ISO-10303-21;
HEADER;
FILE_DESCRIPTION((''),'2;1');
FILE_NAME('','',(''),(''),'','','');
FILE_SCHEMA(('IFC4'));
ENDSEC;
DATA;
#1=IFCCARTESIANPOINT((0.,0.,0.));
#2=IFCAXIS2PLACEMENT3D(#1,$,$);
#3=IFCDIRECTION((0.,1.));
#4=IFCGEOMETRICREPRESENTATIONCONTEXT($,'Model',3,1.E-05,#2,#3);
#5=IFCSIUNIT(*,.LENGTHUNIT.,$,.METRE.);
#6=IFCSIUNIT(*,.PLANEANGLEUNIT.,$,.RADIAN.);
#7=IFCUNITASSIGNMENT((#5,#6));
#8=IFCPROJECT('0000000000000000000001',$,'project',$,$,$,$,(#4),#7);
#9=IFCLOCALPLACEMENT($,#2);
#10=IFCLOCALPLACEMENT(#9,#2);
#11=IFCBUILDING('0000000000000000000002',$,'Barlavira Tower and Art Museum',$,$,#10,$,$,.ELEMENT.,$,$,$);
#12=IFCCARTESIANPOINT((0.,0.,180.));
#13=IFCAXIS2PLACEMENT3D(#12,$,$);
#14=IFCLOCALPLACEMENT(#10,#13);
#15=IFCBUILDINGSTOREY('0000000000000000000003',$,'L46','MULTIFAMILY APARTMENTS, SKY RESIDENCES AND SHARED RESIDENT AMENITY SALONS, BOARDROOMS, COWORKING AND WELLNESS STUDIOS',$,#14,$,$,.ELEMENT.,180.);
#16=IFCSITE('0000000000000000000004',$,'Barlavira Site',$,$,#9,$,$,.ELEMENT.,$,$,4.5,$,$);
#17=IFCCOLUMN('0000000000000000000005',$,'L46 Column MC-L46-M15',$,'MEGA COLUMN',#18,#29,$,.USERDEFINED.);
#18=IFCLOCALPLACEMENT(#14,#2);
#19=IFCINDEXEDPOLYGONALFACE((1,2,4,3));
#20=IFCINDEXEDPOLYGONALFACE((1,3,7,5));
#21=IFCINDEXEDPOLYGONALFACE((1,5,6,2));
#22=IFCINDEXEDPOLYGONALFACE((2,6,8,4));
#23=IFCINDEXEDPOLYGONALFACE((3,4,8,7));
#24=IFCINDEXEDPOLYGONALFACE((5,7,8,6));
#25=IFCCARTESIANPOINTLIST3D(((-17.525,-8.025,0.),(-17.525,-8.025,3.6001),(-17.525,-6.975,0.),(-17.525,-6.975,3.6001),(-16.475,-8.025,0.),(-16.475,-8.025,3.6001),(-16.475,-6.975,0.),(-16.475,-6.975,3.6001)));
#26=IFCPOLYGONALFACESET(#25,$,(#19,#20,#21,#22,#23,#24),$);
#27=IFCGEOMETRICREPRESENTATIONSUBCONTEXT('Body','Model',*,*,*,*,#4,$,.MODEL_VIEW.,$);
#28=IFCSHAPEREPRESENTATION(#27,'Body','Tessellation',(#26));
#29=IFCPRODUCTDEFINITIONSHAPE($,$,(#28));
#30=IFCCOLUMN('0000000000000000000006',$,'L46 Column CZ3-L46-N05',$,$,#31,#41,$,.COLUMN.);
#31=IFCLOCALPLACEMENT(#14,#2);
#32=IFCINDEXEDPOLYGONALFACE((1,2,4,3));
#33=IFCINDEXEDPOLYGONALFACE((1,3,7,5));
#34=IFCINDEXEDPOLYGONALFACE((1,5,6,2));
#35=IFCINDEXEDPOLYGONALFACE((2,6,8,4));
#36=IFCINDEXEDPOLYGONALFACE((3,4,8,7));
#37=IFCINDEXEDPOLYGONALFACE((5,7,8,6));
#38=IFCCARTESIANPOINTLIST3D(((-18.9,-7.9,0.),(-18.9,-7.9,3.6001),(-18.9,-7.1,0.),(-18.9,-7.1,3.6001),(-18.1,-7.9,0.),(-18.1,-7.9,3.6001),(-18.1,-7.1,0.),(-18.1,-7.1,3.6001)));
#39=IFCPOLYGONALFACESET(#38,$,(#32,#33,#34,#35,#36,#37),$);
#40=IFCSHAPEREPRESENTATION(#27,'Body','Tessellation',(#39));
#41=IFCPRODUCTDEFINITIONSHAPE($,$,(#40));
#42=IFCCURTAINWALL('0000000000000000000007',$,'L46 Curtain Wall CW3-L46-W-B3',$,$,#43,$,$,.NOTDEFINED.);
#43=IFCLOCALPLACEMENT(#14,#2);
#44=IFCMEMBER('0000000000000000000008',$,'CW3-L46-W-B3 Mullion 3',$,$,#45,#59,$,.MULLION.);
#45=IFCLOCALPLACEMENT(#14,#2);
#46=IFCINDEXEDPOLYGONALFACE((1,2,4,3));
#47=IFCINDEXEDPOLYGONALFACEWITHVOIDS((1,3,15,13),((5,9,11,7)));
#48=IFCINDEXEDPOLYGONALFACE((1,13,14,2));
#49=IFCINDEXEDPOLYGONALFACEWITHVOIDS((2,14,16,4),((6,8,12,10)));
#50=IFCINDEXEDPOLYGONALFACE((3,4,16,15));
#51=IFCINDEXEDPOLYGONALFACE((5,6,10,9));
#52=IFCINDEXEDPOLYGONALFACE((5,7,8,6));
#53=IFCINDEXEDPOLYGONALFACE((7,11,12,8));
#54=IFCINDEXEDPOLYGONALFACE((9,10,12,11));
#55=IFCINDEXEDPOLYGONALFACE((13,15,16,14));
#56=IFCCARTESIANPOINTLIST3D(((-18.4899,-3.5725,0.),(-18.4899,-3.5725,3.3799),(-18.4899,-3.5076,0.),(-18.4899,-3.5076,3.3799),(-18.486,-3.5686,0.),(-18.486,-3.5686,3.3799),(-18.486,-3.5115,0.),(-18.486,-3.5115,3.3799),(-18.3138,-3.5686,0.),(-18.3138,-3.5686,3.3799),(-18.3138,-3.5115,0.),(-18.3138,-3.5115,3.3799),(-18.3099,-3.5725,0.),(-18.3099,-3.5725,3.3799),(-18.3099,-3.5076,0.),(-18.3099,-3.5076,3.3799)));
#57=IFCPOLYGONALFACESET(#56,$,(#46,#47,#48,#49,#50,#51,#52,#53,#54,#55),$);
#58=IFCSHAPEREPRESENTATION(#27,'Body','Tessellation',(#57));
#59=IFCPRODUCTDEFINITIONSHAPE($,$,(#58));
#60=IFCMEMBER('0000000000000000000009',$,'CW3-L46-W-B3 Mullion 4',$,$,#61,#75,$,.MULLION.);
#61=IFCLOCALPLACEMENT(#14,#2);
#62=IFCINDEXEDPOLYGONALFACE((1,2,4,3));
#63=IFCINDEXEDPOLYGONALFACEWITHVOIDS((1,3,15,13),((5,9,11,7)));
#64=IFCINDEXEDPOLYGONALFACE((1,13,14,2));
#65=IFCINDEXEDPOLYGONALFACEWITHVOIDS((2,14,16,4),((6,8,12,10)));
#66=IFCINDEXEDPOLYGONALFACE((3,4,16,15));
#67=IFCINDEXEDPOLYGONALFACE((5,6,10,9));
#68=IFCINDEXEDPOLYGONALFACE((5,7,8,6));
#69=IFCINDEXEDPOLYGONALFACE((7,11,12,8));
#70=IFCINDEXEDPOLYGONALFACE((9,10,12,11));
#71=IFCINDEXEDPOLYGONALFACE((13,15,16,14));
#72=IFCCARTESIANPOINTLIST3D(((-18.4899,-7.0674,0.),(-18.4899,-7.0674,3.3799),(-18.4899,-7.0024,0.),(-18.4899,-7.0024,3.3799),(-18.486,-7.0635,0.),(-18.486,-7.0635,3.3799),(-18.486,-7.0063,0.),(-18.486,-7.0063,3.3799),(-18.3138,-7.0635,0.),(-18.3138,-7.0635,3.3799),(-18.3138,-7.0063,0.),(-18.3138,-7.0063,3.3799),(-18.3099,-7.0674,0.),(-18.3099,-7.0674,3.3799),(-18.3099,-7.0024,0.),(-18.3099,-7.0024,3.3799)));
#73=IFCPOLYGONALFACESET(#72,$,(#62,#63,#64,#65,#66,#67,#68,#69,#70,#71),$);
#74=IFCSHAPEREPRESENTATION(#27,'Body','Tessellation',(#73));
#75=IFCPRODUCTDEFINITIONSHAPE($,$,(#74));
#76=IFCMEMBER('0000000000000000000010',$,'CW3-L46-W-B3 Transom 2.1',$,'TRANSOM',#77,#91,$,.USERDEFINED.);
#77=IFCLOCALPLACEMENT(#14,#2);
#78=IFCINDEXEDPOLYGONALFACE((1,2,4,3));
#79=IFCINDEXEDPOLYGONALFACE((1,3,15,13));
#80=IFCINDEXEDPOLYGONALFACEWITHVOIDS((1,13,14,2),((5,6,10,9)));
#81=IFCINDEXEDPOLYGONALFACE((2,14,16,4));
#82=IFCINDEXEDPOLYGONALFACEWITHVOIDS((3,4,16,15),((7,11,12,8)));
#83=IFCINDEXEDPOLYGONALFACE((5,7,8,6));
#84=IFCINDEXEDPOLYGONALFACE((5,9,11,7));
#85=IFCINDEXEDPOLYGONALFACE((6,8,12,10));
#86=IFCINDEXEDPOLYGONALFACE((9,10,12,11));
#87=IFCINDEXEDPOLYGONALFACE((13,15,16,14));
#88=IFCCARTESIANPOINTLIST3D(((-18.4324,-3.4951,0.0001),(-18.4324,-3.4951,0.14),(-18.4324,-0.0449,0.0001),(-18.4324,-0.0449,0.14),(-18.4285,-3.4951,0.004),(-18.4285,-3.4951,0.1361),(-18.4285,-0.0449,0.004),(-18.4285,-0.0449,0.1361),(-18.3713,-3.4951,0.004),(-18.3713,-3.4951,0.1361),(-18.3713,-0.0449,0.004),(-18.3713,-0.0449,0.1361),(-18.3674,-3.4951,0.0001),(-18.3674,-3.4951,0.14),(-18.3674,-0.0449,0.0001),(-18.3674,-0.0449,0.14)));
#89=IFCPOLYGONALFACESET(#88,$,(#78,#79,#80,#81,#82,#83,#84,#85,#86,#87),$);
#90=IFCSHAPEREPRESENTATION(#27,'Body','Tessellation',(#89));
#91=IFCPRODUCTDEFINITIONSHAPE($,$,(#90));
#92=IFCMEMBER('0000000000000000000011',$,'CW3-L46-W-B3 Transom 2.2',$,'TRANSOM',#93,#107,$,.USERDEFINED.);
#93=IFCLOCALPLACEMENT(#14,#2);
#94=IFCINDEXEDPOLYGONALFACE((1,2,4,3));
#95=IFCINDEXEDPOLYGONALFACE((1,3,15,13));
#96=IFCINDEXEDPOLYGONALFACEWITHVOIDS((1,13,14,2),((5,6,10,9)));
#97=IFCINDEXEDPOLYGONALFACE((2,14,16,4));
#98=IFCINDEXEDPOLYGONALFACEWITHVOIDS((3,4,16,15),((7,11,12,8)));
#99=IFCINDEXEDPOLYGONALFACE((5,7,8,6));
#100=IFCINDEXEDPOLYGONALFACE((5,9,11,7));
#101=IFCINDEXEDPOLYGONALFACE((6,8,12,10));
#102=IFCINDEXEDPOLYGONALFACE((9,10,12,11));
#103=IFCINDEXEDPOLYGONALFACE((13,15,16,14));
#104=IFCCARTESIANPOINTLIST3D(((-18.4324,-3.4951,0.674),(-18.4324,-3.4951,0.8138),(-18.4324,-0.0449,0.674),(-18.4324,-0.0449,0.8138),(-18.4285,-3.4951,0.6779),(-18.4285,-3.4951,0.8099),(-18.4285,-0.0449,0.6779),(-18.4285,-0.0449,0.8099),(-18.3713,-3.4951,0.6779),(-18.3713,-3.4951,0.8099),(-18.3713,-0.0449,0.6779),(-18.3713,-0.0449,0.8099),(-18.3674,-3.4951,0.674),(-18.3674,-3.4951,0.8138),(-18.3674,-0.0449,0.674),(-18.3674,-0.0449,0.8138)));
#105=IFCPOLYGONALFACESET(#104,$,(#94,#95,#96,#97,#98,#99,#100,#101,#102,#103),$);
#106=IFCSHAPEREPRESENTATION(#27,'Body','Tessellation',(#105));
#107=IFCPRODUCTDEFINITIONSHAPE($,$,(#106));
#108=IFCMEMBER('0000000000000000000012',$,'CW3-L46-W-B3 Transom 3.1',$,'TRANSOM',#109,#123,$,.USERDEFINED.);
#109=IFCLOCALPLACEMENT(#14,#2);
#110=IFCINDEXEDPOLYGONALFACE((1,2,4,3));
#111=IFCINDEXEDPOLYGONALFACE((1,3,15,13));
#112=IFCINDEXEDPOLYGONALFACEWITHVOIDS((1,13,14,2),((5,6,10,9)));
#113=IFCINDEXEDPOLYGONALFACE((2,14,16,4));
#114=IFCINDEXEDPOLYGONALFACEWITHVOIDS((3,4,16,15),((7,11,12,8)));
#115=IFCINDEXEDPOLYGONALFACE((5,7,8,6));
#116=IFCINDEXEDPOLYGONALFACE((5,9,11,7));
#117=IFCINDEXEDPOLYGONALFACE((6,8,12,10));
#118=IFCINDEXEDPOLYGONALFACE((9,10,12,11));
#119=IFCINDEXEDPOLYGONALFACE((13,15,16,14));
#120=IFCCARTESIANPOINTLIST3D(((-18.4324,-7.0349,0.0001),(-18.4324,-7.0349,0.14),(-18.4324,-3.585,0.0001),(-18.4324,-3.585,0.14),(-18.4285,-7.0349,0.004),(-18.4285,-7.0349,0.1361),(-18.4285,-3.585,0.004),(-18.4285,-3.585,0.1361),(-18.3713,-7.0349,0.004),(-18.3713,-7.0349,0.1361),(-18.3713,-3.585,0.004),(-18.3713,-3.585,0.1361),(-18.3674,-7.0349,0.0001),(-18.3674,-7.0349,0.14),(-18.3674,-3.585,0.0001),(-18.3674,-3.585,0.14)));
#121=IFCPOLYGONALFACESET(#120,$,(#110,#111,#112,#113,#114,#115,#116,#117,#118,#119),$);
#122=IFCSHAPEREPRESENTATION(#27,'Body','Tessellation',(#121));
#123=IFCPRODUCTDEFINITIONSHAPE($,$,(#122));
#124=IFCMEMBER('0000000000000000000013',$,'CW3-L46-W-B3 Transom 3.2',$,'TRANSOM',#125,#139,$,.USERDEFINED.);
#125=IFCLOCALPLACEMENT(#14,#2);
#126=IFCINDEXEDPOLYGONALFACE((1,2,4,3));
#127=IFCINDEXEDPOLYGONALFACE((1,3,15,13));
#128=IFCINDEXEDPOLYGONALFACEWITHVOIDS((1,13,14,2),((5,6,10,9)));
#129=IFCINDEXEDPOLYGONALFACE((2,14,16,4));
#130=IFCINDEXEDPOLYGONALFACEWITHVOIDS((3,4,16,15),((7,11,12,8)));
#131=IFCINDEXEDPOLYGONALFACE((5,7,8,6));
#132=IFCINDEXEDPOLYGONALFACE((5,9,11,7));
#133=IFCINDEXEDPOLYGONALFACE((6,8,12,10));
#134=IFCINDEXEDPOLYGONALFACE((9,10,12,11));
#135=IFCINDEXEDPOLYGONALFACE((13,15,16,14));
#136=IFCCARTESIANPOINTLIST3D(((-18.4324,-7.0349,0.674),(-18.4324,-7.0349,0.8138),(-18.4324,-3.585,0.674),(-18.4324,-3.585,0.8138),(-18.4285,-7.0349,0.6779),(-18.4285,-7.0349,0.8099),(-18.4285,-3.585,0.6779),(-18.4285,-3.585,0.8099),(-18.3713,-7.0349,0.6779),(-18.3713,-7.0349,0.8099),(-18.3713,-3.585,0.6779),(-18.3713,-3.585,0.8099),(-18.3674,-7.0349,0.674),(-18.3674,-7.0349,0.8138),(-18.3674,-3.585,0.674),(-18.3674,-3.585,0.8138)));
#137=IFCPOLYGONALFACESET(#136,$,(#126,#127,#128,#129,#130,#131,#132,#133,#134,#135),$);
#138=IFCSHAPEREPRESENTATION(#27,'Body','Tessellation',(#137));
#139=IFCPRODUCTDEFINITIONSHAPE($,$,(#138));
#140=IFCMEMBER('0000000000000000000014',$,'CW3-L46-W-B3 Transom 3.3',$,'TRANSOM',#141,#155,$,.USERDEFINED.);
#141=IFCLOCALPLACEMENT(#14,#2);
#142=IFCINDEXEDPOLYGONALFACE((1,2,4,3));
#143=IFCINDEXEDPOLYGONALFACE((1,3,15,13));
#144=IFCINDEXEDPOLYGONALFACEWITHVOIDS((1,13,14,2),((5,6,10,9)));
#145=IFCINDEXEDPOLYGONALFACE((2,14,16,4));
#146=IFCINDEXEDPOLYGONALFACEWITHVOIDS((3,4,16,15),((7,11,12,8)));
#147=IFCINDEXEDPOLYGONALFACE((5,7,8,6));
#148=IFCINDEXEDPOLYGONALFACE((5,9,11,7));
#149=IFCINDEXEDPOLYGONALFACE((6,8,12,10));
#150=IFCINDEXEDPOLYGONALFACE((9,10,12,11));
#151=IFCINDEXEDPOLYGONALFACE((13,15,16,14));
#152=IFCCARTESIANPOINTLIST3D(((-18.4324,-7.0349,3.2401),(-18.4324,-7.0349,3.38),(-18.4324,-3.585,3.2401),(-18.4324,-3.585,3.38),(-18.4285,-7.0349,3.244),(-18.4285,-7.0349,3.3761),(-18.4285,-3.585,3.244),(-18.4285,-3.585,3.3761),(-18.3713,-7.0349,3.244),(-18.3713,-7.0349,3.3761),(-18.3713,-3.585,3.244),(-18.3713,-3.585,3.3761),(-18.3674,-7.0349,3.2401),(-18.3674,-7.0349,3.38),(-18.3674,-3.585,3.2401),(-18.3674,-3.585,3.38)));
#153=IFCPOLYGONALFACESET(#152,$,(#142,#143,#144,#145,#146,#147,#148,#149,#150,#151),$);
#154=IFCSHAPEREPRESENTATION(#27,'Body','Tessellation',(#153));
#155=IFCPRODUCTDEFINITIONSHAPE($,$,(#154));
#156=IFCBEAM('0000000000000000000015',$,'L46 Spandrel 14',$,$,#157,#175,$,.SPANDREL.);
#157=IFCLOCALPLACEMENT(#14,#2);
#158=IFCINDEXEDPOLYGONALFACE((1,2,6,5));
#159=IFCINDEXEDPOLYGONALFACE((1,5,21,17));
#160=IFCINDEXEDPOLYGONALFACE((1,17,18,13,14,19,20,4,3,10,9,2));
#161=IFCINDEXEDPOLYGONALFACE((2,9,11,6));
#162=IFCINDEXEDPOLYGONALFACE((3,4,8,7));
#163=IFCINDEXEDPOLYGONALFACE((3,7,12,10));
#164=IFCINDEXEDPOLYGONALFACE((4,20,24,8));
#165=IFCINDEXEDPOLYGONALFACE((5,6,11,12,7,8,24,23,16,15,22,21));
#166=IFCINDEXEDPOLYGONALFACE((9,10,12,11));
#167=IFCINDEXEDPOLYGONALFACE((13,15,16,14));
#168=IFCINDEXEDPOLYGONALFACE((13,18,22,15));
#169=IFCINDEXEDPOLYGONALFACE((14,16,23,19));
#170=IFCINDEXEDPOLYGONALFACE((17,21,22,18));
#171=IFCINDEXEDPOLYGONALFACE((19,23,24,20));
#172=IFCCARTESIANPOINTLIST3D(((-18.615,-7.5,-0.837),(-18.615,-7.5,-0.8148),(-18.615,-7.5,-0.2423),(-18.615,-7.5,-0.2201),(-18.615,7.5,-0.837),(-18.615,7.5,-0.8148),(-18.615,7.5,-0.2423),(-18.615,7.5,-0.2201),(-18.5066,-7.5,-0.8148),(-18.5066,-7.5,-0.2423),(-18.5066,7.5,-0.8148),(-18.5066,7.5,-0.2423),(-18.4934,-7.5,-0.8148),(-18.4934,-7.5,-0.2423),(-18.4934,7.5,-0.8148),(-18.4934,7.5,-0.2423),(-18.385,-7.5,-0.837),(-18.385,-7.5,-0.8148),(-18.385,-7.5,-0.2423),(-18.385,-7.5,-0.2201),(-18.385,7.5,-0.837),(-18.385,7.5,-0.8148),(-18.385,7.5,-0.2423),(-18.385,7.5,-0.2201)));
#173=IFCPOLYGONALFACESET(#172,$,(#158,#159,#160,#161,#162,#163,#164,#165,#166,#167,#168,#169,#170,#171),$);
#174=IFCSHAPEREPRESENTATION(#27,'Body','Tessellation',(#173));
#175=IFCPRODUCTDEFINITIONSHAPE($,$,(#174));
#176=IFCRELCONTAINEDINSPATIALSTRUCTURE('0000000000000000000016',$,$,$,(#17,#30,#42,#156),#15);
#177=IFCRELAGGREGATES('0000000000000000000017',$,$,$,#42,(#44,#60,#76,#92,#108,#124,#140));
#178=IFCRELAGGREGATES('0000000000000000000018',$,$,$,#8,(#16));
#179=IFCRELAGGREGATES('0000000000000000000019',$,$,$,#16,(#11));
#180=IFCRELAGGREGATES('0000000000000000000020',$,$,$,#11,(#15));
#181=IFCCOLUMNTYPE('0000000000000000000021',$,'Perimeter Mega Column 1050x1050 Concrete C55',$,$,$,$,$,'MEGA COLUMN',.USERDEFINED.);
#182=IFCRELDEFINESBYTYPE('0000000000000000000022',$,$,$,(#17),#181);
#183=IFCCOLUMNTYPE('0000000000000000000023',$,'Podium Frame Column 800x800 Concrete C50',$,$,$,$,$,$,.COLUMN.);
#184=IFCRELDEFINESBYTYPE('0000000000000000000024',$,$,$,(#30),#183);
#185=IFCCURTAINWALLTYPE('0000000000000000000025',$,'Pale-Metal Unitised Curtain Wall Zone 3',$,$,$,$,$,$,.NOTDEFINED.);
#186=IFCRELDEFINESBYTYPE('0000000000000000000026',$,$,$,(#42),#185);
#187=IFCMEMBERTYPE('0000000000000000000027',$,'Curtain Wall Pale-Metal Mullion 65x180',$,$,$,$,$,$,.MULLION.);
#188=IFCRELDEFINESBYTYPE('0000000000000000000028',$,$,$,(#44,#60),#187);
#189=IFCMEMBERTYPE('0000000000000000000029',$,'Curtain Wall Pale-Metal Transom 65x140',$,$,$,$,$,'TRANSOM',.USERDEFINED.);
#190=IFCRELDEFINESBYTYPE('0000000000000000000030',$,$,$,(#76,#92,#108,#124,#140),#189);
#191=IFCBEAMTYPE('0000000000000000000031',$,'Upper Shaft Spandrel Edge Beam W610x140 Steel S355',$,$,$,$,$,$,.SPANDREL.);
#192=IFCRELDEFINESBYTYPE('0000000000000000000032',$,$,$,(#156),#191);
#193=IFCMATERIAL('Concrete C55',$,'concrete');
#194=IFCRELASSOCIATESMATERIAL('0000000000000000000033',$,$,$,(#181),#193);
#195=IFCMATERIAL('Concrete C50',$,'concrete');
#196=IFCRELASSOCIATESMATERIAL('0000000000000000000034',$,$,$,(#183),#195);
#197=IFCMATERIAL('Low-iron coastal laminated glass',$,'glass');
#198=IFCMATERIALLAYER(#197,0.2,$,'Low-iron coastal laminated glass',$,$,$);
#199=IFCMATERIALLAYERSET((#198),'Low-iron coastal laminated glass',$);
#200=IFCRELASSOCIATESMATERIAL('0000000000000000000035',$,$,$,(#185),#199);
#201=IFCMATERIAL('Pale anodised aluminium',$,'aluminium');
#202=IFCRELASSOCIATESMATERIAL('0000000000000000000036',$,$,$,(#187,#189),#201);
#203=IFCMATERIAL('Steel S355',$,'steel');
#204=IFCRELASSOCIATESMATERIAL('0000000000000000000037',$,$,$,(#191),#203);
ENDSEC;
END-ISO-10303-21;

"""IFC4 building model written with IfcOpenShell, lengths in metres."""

from ifc_helpers import new_model, si_unit, direction, frame, origin, origin_2d, place, context, subcontext, project, spatial, rectangle, hollow_rectangle, i_section, extrude, material, layer, layer_set, material_profile, profile_set, type_object, element, aggregate, save


model = new_model("IFC4")

# Units and contexts
model_context = context("Model", 3, precision=1e-05, world=origin(), true_north=direction((0.0, 1.0)))
body_context = subcontext(model_context, "Body", "Model", "MODEL_VIEW")
ifc_project = project(units=[si_unit("LENGTHUNIT", "METRE"), si_unit("PLANEANGLEUNIT", "RADIAN")], contexts=[model_context])

# Site, building, storey
site_placement = place(None, origin())
site = spatial("IfcSite", under=ifc_project, at=site_placement, Name="Barlavira Site", CompositionType="ELEMENT", RefElevation=4.5)
building_placement = place(site_placement, origin())
building = spatial("IfcBuilding", under=site, at=building_placement, Name="Barlavira Tower and Art Museum", CompositionType="ELEMENT")
storey_placement = place(building_placement, frame((0.0, 0.0, 180.0)))
storey = spatial("IfcBuildingStorey", under=building, at=storey_placement, Name="L46", Description="MULTIFAMILY APARTMENTS, SKY RESIDENCES AND SHARED RESIDENT AMENITY SALONS, BOARDROOMS, COWORKING AND WELLNESS STUDIOS", CompositionType="ELEMENT", Elevation=180.0)

# Columns
ifc_material_1 = material(Name="Concrete C55", Category="concrete")
ifc_material_profile_1 = material_profile(ifc_material_1, rectangle(XDim=1.05, YDim=1.05, at=origin_2d()), Name="RC-COL 1050x1050")
ifc_profile_set_1 = profile_set([ifc_material_profile_1], Name="Concrete C55")
column_type_1 = type_object("IfcColumnType", Name="Perimeter Mega Column 1050x1050 Concrete C55", ElementType="MEGA COLUMN", PredefinedType="USERDEFINED", material=ifc_profile_set_1)
column_1_placement = place(storey_placement, frame((-17.0, -7.5, 0.0), z_axis=(0.0, 0.0, 1.0), x_axis=(1.0, 0.0, 0.0)))
element("IfcColumn", 1, at=column_1_placement, inside=storey, type_object=column_type_1, Name="L46 Column MC-L46-M15", ObjectType="MEGA COLUMN", PredefinedType="USERDEFINED", context=body_context, shape_type="SweptSolid", body=[
    extrude(rectangle(XDim=1.05, YDim=1.05, at=origin_2d()), origin(), (0.0, 0.0, 1.0), 3.6001),
])
ifc_material_2 = material(Name="Concrete C50", Category="concrete")
ifc_material_profile_2 = material_profile(ifc_material_2, rectangle(XDim=0.8, YDim=0.8, at=origin_2d()), Name="RC-COL 800x800")
ifc_profile_set_2 = profile_set([ifc_material_profile_2], Name="Concrete C50")
column_type_2 = type_object("IfcColumnType", Name="Podium Frame Column 800x800 Concrete C50", PredefinedType="COLUMN", material=ifc_profile_set_2)
column_2_placement = place(storey_placement, frame((-18.5, -7.5, 0.0), z_axis=(0.0, 0.0, 1.0), x_axis=(1.0, 0.0, 0.0)))
element("IfcColumn", 2, at=column_2_placement, inside=storey, type_object=column_type_2, Name="L46 Column CZ3-L46-N05", PredefinedType="COLUMN", context=body_context, shape_type="SweptSolid", body=[
    extrude(rectangle(XDim=0.8, YDim=0.8, at=origin_2d()), origin(), (0.0, 0.0, 1.0), 3.6001),
])

# Curtain wall, members
ifc_material_3 = material(Name="Low-iron coastal laminated glass", Category="glass")
ifc_layer_1 = layer(ifc_material_3, 0.2, Name="Low-iron coastal laminated glass")
ifc_layer_set_1 = layer_set([ifc_layer_1], Name="Low-iron coastal laminated glass")
curtain_wall_type = type_object("IfcCurtainWallType", Name="Pale-Metal Unitised Curtain Wall Zone 3", PredefinedType="NOTDEFINED", material=ifc_layer_set_1)
curtain_wall_placement = place(storey_placement, origin())
curtain_wall = element("IfcCurtainWall", 3, at=curtain_wall_placement, inside=storey, type_object=curtain_wall_type, Name="L46 Curtain Wall CW3-L46-W-B3", PredefinedType="NOTDEFINED")
ifc_material_4 = material(Name="Pale anodised aluminium", Category="aluminium")
ifc_material_profile_3 = material_profile(ifc_material_4, hollow_rectangle(XDim=0.0649, YDim=0.1799, WallThickness=0.0039, at=origin_2d()), Name="ALU-MULL 65x180x4")
ifc_profile_set_3 = profile_set([ifc_material_profile_3], Name="Pale anodised aluminium")
member_type_1 = type_object("IfcMemberType", Name="Curtain Wall Pale-Metal Mullion 65x180", PredefinedType="MULLION", material=ifc_profile_set_3)
member_1_placement = place(storey_placement, frame((-18.3999, -3.54, 0.0), z_axis=(0.0, 0.0, 1.0), x_axis=(0.0, -1.0, 0.0)))
member_1 = element("IfcMember", 4, at=member_1_placement, type_object=member_type_1, Name="CW3-L46-W-B3 Mullion 3", PredefinedType="MULLION", context=body_context, shape_type="SweptSolid", body=[
    extrude(hollow_rectangle(XDim=0.0649, YDim=0.1799, WallThickness=0.0039, at=origin_2d()), origin(), (0.0, 0.0, 1.0), 3.3799),
])
member_2_placement = place(storey_placement, frame((-18.3999, -7.0349, 0.0), z_axis=(0.0, 0.0, 1.0), x_axis=(0.0, -1.0, 0.0)))
member_2 = element("IfcMember", 5, at=member_2_placement, type_object=member_type_1, Name="CW3-L46-W-B3 Mullion 4", PredefinedType="MULLION", context=body_context, shape_type="SweptSolid", body=[
    extrude(hollow_rectangle(XDim=0.0649, YDim=0.1799, WallThickness=0.0039, at=origin_2d()), origin(), (0.0, 0.0, 1.0), 3.3799),
])
ifc_material_profile_4 = material_profile(ifc_material_4, hollow_rectangle(XDim=0.0649, YDim=0.1399, WallThickness=0.0039, at=origin_2d()), Name="ALU-TRAN 65x140x4")
ifc_profile_set_4 = profile_set([ifc_material_profile_4], Name="Pale anodised aluminium")
member_type_2 = type_object("IfcMemberType", Name="Curtain Wall Pale-Metal Transom 65x140", ElementType="TRANSOM", PredefinedType="USERDEFINED", material=ifc_profile_set_4)
member_3_placement = place(storey_placement, frame((-18.3999, -0.0449, 0.0701), z_axis=(0.0, -1.0, 0.0), x_axis=(1.0, 0.0, 0.0)))
member_3 = element("IfcMember", 6, at=member_3_placement, type_object=member_type_2, Name="CW3-L46-W-B3 Transom 2.1", ObjectType="TRANSOM", PredefinedType="USERDEFINED", context=body_context, shape_type="SweptSolid", body=[
    extrude(hollow_rectangle(XDim=0.0649, YDim=0.1399, WallThickness=0.0039, at=origin_2d()), origin(), (0.0, 0.0, 1.0), 3.4502),
])
member_4_placement = place(storey_placement, frame((-18.3999, -0.0449, 0.7439), z_axis=(0.0, -1.0, 0.0), x_axis=(1.0, 0.0, 0.0)))
member_4 = element("IfcMember", 7, at=member_4_placement, type_object=member_type_2, Name="CW3-L46-W-B3 Transom 2.2", ObjectType="TRANSOM", PredefinedType="USERDEFINED", context=body_context, shape_type="SweptSolid", body=[
    extrude(hollow_rectangle(XDim=0.0649, YDim=0.1399, WallThickness=0.0039, at=origin_2d()), origin(), (0.0, 0.0, 1.0), 3.4502),
])
member_5_placement = place(storey_placement, frame((-18.3999, -3.585, 0.0701), z_axis=(0.0, -1.0, 0.0), x_axis=(1.0, 0.0, 0.0)))
member_5 = element("IfcMember", 8, at=member_5_placement, type_object=member_type_2, Name="CW3-L46-W-B3 Transom 3.1", ObjectType="TRANSOM", PredefinedType="USERDEFINED", context=body_context, shape_type="SweptSolid", body=[
    extrude(hollow_rectangle(XDim=0.0649, YDim=0.1399, WallThickness=0.0039, at=origin_2d()), origin(), (0.0, 0.0, 1.0), 3.45),
])
member_6_placement = place(storey_placement, frame((-18.3999, -3.585, 0.7439), z_axis=(0.0, -1.0, 0.0), x_axis=(1.0, 0.0, 0.0)))
member_6 = element("IfcMember", 9, at=member_6_placement, type_object=member_type_2, Name="CW3-L46-W-B3 Transom 3.2", ObjectType="TRANSOM", PredefinedType="USERDEFINED", context=body_context, shape_type="SweptSolid", body=[
    extrude(hollow_rectangle(XDim=0.0649, YDim=0.1399, WallThickness=0.0039, at=origin_2d()), origin(), (0.0, 0.0, 1.0), 3.45),
])
member_7_placement = place(storey_placement, frame((-18.3999, -3.585, 3.3101), z_axis=(0.0, -1.0, 0.0), x_axis=(1.0, 0.0, 0.0)))
member_7 = element("IfcMember", 10, at=member_7_placement, type_object=member_type_2, Name="CW3-L46-W-B3 Transom 3.3", ObjectType="TRANSOM", PredefinedType="USERDEFINED", context=body_context, shape_type="SweptSolid", body=[
    extrude(hollow_rectangle(XDim=0.0649, YDim=0.1399, WallThickness=0.0039, at=origin_2d()), origin(), (0.0, 0.0, 1.0), 3.45),
])

# Beam
ifc_material_5 = material(Name="Steel S355", Category="steel")
ifc_material_profile_5 = material_profile(ifc_material_5, i_section(OverallWidth=0.23, OverallDepth=0.6169, WebThickness=0.0132, FlangeThickness=0.0222, at=origin_2d()), Name="W610x140.0")
ifc_profile_set_5 = profile_set([ifc_material_profile_5], Name="Steel S355")
beam_type_1 = type_object("IfcBeamType", Name="Upper Shaft Spandrel Edge Beam W610x140 Steel S355", PredefinedType="SPANDREL", material=ifc_profile_set_5)
beam_1_placement = place(storey_placement, frame((-18.5, -7.5, -0.5286), z_axis=(0.0, 1.0, 0.0), x_axis=(-1.0, 0.0, 0.0)))
element("IfcBeam", 11, at=beam_1_placement, inside=storey, type_object=beam_type_1, Name="L46 Spandrel 14", PredefinedType="SPANDREL", context=body_context, shape_type="SweptSolid", body=[
    extrude(i_section(OverallWidth=0.23, OverallDepth=0.6169, WebThickness=0.0132, FlangeThickness=0.0222, at=origin_2d()), origin(), (0.0, 0.0, 1.0), 15.0),
])

aggregate(curtain_wall, [member_1, member_2, member_3, member_4, member_5, member_6, member_7])

save(model, "model.ifc")
